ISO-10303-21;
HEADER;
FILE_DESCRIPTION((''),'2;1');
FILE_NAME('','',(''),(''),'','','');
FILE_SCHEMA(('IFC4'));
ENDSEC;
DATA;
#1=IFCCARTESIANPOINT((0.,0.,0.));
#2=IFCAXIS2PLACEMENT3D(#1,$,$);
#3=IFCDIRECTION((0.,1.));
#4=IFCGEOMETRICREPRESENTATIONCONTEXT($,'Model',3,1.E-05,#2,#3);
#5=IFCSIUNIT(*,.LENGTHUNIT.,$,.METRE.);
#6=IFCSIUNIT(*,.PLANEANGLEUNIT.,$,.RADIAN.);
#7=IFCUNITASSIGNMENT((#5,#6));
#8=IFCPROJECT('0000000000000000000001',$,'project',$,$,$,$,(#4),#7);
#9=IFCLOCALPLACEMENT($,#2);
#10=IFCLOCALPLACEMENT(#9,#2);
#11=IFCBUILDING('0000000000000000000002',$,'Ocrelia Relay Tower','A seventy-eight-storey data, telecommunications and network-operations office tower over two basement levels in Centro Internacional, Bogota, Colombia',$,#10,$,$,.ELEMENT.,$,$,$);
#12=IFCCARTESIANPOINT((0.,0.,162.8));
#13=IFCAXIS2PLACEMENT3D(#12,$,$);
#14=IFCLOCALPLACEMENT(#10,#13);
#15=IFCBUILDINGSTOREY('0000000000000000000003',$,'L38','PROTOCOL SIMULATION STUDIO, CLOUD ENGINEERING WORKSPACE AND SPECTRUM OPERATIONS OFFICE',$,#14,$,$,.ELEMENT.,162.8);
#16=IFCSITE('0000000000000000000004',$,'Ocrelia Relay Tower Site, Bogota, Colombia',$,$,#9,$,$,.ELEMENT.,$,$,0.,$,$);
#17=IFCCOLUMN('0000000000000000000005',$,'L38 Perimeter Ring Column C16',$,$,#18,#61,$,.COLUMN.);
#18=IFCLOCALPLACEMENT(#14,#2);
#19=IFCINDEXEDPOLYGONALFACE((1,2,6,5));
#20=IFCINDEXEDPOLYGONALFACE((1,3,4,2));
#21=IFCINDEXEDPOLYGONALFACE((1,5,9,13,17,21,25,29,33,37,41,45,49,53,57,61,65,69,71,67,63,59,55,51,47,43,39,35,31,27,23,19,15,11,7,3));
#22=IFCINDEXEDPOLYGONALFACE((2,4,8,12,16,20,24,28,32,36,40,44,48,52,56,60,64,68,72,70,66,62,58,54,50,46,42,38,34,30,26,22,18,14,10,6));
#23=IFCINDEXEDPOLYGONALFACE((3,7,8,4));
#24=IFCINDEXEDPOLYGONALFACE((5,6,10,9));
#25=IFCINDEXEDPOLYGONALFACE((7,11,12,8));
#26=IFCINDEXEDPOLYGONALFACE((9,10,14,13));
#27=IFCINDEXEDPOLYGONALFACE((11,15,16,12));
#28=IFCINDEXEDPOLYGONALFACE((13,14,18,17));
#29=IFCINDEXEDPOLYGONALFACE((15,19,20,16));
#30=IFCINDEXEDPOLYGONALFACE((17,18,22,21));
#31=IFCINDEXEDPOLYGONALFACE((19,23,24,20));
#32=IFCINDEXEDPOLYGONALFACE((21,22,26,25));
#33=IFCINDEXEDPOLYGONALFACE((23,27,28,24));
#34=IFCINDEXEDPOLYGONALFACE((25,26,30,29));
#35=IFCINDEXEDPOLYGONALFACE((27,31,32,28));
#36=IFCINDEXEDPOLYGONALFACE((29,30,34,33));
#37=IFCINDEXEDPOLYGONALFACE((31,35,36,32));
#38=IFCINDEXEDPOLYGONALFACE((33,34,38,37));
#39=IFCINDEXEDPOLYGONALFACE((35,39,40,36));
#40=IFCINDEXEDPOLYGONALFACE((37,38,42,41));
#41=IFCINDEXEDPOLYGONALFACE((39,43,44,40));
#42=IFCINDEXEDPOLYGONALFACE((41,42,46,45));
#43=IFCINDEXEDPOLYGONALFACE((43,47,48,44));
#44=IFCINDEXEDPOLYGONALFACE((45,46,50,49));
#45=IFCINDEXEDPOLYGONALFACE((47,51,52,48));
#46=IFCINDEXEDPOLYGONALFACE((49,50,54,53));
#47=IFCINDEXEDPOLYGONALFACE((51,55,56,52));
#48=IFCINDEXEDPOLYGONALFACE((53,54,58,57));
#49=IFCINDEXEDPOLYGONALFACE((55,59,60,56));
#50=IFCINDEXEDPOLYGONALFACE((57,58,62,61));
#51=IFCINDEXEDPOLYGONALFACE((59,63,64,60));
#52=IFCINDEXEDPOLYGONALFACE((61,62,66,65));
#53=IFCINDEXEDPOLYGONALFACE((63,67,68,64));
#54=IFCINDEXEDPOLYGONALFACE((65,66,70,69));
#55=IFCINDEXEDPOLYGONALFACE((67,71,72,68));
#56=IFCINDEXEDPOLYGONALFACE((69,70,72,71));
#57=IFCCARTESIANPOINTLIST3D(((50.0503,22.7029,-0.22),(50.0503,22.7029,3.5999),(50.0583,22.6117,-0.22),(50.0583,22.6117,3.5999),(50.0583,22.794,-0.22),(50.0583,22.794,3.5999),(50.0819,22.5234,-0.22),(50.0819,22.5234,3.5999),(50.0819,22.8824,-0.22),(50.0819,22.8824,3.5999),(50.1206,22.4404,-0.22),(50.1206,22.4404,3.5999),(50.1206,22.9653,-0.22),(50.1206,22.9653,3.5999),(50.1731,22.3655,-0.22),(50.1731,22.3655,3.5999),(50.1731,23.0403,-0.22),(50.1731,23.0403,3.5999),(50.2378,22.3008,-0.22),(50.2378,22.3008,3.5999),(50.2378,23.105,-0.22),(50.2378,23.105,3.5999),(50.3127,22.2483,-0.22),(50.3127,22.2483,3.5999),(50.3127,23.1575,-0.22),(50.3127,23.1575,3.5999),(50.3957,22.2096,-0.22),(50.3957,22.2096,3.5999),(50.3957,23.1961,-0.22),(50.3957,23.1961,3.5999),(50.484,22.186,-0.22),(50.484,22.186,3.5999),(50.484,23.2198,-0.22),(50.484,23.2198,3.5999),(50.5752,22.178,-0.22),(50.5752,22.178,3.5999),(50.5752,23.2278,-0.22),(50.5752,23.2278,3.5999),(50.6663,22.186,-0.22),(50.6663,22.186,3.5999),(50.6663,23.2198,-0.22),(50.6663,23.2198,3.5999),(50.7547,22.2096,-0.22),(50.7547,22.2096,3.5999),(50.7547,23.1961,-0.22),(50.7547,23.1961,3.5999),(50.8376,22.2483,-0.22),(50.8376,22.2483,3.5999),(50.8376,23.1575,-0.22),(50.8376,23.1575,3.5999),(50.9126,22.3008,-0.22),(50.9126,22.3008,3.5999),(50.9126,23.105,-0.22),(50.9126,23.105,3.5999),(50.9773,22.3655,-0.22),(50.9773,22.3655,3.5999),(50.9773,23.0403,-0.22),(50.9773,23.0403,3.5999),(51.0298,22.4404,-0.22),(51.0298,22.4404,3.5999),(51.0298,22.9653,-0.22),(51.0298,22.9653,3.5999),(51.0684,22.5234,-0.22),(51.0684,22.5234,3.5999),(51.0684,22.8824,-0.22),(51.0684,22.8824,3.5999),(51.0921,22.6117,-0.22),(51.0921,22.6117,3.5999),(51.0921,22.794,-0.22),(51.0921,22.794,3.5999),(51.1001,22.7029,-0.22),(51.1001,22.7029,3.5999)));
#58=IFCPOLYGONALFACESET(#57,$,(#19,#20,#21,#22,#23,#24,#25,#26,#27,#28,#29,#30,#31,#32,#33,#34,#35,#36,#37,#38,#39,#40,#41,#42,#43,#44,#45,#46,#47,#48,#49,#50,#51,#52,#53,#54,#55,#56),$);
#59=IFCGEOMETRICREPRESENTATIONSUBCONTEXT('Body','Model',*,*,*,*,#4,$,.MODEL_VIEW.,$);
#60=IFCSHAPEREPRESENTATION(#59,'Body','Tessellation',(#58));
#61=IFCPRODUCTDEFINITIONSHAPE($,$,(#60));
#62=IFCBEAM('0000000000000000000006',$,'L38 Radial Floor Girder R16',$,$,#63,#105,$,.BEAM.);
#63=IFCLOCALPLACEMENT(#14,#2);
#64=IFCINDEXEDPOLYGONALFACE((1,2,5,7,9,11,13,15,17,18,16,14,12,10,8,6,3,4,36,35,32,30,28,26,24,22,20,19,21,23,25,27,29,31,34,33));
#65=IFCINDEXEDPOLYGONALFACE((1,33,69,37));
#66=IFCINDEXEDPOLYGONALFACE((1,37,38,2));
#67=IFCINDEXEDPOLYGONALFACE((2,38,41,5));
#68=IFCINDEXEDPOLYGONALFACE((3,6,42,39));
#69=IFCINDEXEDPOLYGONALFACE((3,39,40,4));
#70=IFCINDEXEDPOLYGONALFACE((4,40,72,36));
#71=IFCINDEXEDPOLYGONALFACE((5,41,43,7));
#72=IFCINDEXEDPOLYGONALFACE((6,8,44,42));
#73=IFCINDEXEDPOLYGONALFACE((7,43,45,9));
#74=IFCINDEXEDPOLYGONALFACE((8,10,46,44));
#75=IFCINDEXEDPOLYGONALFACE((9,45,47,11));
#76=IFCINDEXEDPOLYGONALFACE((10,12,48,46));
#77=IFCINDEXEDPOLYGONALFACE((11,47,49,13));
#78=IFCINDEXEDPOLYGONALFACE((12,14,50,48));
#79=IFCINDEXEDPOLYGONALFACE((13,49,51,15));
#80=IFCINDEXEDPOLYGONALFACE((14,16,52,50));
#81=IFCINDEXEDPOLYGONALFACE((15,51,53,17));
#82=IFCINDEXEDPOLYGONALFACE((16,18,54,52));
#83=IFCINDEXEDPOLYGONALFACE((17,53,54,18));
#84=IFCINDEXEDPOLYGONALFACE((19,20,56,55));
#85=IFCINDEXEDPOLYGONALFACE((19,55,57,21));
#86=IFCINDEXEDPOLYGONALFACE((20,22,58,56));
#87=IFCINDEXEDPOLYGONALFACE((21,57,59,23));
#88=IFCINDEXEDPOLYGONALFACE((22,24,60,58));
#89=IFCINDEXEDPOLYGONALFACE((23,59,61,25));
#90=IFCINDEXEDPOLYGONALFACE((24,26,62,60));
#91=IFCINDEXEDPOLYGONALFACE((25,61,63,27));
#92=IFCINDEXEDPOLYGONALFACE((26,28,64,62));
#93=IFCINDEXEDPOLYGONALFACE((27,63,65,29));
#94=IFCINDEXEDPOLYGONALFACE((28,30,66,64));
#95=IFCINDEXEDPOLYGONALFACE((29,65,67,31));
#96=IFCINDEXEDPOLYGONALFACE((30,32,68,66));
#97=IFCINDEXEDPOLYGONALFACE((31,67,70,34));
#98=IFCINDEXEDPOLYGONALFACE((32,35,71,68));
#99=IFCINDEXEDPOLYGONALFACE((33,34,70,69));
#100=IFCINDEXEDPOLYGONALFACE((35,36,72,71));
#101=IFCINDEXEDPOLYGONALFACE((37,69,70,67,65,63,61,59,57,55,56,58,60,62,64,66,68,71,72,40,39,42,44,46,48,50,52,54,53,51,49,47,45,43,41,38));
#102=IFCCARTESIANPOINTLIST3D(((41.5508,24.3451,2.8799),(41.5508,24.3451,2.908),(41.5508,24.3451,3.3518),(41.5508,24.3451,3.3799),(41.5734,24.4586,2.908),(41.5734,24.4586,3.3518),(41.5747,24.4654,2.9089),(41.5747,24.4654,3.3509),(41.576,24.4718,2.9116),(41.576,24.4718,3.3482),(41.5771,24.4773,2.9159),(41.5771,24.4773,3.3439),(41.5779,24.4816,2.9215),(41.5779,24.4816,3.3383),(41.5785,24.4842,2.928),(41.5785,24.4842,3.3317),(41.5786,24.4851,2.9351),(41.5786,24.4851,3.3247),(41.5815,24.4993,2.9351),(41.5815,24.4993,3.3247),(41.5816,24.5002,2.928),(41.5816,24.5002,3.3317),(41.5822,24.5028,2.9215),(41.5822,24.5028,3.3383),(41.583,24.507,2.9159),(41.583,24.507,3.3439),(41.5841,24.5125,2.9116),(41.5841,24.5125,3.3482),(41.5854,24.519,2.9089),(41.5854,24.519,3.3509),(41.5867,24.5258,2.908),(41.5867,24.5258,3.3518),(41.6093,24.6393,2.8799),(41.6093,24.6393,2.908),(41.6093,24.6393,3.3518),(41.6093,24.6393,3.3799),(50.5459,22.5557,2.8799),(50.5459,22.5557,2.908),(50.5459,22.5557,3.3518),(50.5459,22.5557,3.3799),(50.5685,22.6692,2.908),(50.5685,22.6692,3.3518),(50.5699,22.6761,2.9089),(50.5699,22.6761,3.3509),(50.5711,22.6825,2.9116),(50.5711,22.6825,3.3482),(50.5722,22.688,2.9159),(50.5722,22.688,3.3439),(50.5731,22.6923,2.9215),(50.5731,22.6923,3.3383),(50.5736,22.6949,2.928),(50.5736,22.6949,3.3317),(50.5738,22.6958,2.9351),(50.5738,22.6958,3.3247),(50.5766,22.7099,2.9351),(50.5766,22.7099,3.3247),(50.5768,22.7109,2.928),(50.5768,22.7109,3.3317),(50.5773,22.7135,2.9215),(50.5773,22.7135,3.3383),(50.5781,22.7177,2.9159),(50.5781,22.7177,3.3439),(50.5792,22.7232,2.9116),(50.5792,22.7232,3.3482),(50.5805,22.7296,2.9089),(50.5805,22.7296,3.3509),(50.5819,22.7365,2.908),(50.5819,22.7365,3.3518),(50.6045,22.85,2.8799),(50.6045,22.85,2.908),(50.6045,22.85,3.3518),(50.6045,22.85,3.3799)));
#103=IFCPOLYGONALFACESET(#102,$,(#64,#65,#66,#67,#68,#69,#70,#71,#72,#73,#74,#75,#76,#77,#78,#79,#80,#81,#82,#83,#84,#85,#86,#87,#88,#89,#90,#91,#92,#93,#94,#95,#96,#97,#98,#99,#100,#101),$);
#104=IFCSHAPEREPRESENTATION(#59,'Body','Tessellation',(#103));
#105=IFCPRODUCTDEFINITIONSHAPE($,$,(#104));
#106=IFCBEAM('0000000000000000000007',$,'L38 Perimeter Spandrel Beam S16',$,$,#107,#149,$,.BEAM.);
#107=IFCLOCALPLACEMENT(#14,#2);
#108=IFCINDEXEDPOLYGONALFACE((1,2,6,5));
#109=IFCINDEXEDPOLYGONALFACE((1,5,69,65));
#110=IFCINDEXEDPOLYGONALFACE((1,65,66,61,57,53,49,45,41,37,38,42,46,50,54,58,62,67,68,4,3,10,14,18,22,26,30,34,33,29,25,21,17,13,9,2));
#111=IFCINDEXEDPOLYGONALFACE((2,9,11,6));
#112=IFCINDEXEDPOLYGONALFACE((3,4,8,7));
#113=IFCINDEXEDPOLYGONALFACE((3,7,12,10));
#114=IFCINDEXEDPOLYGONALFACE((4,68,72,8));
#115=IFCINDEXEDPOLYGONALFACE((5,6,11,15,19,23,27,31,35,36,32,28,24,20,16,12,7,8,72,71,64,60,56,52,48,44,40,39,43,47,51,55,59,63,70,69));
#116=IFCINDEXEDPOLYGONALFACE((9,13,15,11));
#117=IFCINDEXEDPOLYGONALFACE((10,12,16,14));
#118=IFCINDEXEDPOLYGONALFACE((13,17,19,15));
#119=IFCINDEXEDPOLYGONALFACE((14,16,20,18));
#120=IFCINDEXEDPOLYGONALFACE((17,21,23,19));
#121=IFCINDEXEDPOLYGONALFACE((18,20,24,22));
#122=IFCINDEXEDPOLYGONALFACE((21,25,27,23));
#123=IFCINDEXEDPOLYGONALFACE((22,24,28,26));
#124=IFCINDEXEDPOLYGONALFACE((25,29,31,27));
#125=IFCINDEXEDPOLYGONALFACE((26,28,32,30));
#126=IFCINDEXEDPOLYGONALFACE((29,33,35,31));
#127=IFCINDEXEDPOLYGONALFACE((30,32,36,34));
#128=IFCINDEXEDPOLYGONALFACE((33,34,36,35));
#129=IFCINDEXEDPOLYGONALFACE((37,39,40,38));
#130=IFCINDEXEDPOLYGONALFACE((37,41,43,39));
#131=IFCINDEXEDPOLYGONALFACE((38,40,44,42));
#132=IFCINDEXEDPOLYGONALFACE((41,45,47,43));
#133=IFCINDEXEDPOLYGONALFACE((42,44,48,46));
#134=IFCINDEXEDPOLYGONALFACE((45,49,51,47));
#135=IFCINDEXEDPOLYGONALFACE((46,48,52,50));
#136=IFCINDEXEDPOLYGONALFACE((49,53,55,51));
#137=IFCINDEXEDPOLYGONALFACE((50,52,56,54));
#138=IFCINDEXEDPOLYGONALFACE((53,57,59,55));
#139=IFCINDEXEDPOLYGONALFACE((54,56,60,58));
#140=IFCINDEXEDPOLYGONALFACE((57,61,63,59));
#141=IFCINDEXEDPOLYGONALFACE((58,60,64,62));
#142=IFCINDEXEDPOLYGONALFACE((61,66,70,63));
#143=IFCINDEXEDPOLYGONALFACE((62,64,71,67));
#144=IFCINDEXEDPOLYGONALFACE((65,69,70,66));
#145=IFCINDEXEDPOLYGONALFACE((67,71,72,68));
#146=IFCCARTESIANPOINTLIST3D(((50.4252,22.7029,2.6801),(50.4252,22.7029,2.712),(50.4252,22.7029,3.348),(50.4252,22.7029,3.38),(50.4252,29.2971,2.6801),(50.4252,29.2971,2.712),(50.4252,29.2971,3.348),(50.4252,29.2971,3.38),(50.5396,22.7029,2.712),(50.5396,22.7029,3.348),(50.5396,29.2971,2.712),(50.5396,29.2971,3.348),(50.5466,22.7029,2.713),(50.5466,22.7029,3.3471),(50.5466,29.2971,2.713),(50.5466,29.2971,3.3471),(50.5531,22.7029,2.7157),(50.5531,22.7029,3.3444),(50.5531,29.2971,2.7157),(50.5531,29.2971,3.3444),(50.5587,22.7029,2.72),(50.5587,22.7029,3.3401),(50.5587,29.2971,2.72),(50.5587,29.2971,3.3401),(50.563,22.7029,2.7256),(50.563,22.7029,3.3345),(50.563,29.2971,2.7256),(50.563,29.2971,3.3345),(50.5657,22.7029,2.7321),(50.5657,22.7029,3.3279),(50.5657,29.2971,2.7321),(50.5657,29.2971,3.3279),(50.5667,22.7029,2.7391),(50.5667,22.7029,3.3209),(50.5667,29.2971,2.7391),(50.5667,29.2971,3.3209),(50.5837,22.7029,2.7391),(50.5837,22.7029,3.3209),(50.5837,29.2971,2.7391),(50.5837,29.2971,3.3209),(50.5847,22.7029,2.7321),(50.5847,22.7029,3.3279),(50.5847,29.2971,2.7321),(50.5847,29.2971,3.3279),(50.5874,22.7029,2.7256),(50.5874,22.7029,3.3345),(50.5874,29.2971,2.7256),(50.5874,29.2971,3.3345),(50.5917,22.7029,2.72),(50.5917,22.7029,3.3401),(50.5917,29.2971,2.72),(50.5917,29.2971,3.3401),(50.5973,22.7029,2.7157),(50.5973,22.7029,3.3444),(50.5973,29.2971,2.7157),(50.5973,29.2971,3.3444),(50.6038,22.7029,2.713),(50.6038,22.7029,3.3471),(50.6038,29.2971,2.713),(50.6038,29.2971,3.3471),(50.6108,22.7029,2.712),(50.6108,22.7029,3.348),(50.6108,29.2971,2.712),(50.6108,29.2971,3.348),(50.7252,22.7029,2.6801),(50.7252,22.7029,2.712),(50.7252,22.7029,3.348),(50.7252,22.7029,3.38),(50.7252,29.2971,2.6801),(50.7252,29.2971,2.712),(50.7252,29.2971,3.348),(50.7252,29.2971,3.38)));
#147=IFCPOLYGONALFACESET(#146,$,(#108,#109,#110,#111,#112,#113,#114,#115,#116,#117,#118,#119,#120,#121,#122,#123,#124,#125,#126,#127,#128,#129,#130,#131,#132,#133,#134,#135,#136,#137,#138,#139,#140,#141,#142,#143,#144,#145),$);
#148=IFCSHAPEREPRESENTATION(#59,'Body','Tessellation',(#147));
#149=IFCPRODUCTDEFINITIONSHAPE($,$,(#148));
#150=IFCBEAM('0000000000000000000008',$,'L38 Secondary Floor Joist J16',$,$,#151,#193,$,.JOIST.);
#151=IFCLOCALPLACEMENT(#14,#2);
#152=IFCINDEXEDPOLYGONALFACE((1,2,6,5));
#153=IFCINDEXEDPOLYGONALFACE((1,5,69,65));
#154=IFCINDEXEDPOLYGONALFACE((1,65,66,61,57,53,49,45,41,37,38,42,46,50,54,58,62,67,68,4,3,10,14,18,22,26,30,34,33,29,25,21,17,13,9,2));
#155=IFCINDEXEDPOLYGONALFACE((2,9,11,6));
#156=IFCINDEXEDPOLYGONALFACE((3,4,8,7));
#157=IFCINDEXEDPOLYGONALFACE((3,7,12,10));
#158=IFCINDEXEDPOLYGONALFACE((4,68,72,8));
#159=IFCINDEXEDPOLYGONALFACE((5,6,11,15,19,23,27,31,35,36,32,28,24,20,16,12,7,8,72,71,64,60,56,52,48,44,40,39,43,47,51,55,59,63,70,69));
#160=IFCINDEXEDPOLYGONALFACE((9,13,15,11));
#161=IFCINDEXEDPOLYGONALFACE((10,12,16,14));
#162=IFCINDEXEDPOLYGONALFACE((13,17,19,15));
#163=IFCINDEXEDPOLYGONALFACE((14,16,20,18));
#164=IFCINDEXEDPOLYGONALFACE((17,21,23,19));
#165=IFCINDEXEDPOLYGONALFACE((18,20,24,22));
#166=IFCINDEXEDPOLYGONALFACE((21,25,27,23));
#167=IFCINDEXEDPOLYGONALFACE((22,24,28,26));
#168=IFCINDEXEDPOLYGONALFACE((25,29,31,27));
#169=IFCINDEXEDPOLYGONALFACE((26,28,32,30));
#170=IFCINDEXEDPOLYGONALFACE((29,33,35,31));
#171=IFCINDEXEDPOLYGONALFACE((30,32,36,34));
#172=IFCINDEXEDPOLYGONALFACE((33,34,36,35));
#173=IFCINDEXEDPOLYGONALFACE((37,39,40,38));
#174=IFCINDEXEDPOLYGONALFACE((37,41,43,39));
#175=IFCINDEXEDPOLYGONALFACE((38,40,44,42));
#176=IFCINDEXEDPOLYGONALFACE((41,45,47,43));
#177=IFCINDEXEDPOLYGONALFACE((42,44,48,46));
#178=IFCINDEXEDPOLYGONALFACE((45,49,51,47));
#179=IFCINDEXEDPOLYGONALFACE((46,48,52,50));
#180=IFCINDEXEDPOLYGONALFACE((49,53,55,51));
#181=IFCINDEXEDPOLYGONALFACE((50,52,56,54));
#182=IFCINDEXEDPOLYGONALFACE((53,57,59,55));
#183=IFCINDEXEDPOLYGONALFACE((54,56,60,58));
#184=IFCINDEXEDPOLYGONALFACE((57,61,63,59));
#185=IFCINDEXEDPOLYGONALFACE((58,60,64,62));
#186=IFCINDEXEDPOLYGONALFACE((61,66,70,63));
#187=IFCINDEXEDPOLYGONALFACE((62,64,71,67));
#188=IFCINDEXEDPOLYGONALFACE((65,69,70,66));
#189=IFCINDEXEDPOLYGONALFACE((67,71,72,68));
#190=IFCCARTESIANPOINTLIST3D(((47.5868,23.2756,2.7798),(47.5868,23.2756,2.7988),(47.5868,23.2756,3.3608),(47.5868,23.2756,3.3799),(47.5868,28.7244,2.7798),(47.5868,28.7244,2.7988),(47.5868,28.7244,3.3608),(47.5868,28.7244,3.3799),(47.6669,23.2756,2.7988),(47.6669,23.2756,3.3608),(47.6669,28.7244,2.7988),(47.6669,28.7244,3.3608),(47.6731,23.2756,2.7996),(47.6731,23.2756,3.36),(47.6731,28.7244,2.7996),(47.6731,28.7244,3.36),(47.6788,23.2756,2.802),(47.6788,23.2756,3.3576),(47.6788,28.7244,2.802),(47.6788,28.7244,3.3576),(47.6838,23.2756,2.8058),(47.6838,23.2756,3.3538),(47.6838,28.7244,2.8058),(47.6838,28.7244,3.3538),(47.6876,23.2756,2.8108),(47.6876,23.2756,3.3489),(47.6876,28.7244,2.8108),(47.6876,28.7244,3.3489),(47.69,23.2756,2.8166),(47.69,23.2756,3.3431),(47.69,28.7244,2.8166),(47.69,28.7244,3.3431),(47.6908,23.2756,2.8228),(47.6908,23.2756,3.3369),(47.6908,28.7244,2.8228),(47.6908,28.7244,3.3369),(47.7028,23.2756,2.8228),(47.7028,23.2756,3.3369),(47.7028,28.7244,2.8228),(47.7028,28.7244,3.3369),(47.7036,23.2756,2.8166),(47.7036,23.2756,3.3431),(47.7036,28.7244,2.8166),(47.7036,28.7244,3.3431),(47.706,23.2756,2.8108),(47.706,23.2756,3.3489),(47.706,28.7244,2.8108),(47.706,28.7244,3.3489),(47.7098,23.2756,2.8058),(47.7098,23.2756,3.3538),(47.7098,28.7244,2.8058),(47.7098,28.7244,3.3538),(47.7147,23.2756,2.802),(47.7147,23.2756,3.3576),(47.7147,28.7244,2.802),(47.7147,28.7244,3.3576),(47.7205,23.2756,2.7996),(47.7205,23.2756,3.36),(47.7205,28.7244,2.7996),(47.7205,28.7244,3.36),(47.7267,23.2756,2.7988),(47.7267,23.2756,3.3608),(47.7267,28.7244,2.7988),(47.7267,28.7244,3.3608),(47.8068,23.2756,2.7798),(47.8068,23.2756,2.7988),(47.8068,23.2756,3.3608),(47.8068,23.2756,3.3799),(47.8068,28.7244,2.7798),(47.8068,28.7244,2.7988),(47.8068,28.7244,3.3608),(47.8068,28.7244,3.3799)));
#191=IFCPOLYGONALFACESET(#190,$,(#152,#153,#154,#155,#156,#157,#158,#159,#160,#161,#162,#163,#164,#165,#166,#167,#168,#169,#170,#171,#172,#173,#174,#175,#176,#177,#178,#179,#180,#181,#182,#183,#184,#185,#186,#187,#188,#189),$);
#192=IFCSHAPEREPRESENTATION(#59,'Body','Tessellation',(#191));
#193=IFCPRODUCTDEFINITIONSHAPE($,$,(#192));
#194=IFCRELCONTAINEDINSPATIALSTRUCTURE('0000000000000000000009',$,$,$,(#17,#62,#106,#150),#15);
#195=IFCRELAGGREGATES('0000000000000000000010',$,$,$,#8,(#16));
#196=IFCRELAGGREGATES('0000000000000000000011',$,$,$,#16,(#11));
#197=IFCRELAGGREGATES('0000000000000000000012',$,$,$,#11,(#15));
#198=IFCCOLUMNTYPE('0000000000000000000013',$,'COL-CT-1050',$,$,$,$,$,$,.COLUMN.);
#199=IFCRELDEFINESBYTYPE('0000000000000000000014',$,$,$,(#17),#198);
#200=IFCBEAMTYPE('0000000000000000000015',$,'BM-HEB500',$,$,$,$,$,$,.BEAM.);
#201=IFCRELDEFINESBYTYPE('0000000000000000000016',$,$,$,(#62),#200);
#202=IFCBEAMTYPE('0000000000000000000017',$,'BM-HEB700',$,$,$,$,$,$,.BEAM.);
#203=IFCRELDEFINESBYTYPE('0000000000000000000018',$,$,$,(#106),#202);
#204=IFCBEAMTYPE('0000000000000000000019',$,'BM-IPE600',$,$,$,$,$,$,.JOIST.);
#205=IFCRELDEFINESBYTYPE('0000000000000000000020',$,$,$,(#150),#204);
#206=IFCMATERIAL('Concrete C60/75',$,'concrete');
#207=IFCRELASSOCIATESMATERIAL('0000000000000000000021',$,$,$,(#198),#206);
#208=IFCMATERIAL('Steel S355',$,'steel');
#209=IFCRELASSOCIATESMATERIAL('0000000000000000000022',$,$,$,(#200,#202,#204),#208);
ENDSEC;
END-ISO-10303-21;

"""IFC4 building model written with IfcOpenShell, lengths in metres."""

from ifc_helpers import new_model, si_unit, direction, frame, origin, origin_2d, place, context, subcontext, project, spatial, circle, i_section, extrude, material, material_profile, profile_set, type_object, element, save


model = new_model("IFC4")

# Units and contexts
model_context = context("Model", 3, precision=1e-05, world=origin(), true_north=direction((0.0, 1.0)))
body_context = subcontext(model_context, "Body", "Model", "MODEL_VIEW")
ifc_project = project(units=[si_unit("LENGTHUNIT", "METRE"), si_unit("PLANEANGLEUNIT", "RADIAN")], contexts=[model_context])

# Site, building, storey
site_placement = place(None, origin())
site = spatial("IfcSite", under=ifc_project, at=site_placement, Name="Ocrelia Relay Tower Site, Bogota, Colombia", CompositionType="ELEMENT", RefElevation=0.0)
building_placement = place(site_placement, origin())
building = spatial("IfcBuilding", under=site, at=building_placement, Name="Ocrelia Relay Tower", Description="A seventy-eight-storey data, telecommunications and network-operations office tower over two basement levels in Centro Internacional, Bogota, Colombia", CompositionType="ELEMENT")
storey_placement = place(building_placement, frame((0.0, 0.0, 162.8)))
storey = spatial("IfcBuildingStorey", under=building, at=storey_placement, Name="L38", Description="PROTOCOL SIMULATION STUDIO, CLOUD ENGINEERING WORKSPACE AND SPECTRUM OPERATIONS OFFICE", CompositionType="ELEMENT", Elevation=162.8)

# Column
ifc_material_1 = material(Name="Concrete C60/75", Category="concrete")
ifc_material_profile_1 = material_profile(ifc_material_1, circle(Radius=0.5249, at=origin_2d()), Name="RC-CIR-1050")
ifc_profile_set_1 = profile_set([ifc_material_profile_1], Name="Concrete C60/75")
column_type = type_object("IfcColumnType", Name="COL-CT-1050", PredefinedType="COLUMN", material=ifc_profile_set_1)
column_placement = place(storey_placement, frame((50.5752, 22.7029, -0.22), z_axis=(0.0, 0.0, 1.0), x_axis=(1.0, 0.0, 0.0)))
element("IfcColumn", 1, at=column_placement, inside=storey, type_object=column_type, Name="L38 Perimeter Ring Column C16", PredefinedType="COLUMN", context=body_context, shape_type="SweptSolid", body=[
    extrude(circle(Radius=0.5249, at=origin_2d()), origin(), (0.0, 0.0, 1.0), 3.8198),
])

# Beams
ifc_material_2 = material(Name="Steel S355", Category="steel")
ifc_material_profile_2 = material_profile(ifc_material_2, i_section(OverallWidth=0.3, OverallDepth=0.5, WebThickness=0.0144, FlangeThickness=0.0281, FilletRadius=0.0271, at=origin_2d()), Name="HEB 500")
ifc_profile_set_2 = profile_set([ifc_material_profile_2], Name="Steel S355")
beam_type_1 = type_object("IfcBeamType", Name="BM-HEB500", PredefinedType="BEAM", material=ifc_profile_set_2)
beam_1_placement = place(storey_placement, frame((50.5752, 22.7029, 3.1299), z_axis=(-0.980784, 0.195097, 0.0), x_axis=(-0.195097, -0.980784, 0.0)))
element("IfcBeam", 2, at=beam_1_placement, inside=storey, type_object=beam_type_1, Name="L38 Radial Floor Girder R16", PredefinedType="BEAM", context=body_context, shape_type="SweptSolid", body=[
    extrude(i_section(OverallWidth=0.3, OverallDepth=0.5, WebThickness=0.0144, FlangeThickness=0.0281, FilletRadius=0.0271, at=origin_2d()), origin(), (0.0, 0.0, 1.0), 9.1714),
])
ifc_material_profile_3 = material_profile(ifc_material_2, i_section(OverallWidth=0.3, OverallDepth=0.7, WebThickness=0.0171, FlangeThickness=0.032, FilletRadius=0.0271, at=origin_2d()), Name="HEB 700")
ifc_profile_set_3 = profile_set([ifc_material_profile_3], Name="Steel S355")
beam_type_2 = type_object("IfcBeamType", Name="BM-HEB700", PredefinedType="BEAM", material=ifc_profile_set_3)
beam_2_placement = place(storey_placement, frame((50.5752, 22.7029, 3.03), z_axis=(0.0, 1.0, 0.0), x_axis=(-1.0, 0.0, 0.0)))
element("IfcBeam", 3, at=beam_2_placement, inside=storey, type_object=beam_type_2, Name="L38 Perimeter Spandrel Beam S16", PredefinedType="BEAM", context=body_context, shape_type="SweptSolid", body=[
    extrude(i_section(OverallWidth=0.3, OverallDepth=0.7, WebThickness=0.0171, FlangeThickness=0.032, FilletRadius=0.0271, at=origin_2d()), origin(), (0.0, 0.0, 1.0), 6.5942),
])
ifc_material_profile_4 = material_profile(ifc_material_2, i_section(OverallWidth=0.22, OverallDepth=0.6001, WebThickness=0.012, FlangeThickness=0.019, FilletRadius=0.0239, at=origin_2d()), Name="IPE 600")
ifc_profile_set_4 = profile_set([ifc_material_profile_4], Name="Steel S355")
beam_type_3 = type_object("IfcBeamType", Name="BM-IPE600", PredefinedType="JOIST", material=ifc_profile_set_4)
beam_3_placement = place(storey_placement, frame((47.6968, 23.2756, 3.0798), z_axis=(0.0, 1.0, 0.0), x_axis=(-1.0, 0.0, 0.0)))
element("IfcBeam", 4, at=beam_3_placement, inside=storey, type_object=beam_type_3, Name="L38 Secondary Floor Joist J16", PredefinedType="JOIST", context=body_context, shape_type="SweptSolid", body=[
    extrude(i_section(OverallWidth=0.22, OverallDepth=0.6001, WebThickness=0.012, FlangeThickness=0.019, FilletRadius=0.0239, at=origin_2d()), origin(), (0.0, 0.0, 1.0), 5.4487),
])

save(model, "model.ifc")
